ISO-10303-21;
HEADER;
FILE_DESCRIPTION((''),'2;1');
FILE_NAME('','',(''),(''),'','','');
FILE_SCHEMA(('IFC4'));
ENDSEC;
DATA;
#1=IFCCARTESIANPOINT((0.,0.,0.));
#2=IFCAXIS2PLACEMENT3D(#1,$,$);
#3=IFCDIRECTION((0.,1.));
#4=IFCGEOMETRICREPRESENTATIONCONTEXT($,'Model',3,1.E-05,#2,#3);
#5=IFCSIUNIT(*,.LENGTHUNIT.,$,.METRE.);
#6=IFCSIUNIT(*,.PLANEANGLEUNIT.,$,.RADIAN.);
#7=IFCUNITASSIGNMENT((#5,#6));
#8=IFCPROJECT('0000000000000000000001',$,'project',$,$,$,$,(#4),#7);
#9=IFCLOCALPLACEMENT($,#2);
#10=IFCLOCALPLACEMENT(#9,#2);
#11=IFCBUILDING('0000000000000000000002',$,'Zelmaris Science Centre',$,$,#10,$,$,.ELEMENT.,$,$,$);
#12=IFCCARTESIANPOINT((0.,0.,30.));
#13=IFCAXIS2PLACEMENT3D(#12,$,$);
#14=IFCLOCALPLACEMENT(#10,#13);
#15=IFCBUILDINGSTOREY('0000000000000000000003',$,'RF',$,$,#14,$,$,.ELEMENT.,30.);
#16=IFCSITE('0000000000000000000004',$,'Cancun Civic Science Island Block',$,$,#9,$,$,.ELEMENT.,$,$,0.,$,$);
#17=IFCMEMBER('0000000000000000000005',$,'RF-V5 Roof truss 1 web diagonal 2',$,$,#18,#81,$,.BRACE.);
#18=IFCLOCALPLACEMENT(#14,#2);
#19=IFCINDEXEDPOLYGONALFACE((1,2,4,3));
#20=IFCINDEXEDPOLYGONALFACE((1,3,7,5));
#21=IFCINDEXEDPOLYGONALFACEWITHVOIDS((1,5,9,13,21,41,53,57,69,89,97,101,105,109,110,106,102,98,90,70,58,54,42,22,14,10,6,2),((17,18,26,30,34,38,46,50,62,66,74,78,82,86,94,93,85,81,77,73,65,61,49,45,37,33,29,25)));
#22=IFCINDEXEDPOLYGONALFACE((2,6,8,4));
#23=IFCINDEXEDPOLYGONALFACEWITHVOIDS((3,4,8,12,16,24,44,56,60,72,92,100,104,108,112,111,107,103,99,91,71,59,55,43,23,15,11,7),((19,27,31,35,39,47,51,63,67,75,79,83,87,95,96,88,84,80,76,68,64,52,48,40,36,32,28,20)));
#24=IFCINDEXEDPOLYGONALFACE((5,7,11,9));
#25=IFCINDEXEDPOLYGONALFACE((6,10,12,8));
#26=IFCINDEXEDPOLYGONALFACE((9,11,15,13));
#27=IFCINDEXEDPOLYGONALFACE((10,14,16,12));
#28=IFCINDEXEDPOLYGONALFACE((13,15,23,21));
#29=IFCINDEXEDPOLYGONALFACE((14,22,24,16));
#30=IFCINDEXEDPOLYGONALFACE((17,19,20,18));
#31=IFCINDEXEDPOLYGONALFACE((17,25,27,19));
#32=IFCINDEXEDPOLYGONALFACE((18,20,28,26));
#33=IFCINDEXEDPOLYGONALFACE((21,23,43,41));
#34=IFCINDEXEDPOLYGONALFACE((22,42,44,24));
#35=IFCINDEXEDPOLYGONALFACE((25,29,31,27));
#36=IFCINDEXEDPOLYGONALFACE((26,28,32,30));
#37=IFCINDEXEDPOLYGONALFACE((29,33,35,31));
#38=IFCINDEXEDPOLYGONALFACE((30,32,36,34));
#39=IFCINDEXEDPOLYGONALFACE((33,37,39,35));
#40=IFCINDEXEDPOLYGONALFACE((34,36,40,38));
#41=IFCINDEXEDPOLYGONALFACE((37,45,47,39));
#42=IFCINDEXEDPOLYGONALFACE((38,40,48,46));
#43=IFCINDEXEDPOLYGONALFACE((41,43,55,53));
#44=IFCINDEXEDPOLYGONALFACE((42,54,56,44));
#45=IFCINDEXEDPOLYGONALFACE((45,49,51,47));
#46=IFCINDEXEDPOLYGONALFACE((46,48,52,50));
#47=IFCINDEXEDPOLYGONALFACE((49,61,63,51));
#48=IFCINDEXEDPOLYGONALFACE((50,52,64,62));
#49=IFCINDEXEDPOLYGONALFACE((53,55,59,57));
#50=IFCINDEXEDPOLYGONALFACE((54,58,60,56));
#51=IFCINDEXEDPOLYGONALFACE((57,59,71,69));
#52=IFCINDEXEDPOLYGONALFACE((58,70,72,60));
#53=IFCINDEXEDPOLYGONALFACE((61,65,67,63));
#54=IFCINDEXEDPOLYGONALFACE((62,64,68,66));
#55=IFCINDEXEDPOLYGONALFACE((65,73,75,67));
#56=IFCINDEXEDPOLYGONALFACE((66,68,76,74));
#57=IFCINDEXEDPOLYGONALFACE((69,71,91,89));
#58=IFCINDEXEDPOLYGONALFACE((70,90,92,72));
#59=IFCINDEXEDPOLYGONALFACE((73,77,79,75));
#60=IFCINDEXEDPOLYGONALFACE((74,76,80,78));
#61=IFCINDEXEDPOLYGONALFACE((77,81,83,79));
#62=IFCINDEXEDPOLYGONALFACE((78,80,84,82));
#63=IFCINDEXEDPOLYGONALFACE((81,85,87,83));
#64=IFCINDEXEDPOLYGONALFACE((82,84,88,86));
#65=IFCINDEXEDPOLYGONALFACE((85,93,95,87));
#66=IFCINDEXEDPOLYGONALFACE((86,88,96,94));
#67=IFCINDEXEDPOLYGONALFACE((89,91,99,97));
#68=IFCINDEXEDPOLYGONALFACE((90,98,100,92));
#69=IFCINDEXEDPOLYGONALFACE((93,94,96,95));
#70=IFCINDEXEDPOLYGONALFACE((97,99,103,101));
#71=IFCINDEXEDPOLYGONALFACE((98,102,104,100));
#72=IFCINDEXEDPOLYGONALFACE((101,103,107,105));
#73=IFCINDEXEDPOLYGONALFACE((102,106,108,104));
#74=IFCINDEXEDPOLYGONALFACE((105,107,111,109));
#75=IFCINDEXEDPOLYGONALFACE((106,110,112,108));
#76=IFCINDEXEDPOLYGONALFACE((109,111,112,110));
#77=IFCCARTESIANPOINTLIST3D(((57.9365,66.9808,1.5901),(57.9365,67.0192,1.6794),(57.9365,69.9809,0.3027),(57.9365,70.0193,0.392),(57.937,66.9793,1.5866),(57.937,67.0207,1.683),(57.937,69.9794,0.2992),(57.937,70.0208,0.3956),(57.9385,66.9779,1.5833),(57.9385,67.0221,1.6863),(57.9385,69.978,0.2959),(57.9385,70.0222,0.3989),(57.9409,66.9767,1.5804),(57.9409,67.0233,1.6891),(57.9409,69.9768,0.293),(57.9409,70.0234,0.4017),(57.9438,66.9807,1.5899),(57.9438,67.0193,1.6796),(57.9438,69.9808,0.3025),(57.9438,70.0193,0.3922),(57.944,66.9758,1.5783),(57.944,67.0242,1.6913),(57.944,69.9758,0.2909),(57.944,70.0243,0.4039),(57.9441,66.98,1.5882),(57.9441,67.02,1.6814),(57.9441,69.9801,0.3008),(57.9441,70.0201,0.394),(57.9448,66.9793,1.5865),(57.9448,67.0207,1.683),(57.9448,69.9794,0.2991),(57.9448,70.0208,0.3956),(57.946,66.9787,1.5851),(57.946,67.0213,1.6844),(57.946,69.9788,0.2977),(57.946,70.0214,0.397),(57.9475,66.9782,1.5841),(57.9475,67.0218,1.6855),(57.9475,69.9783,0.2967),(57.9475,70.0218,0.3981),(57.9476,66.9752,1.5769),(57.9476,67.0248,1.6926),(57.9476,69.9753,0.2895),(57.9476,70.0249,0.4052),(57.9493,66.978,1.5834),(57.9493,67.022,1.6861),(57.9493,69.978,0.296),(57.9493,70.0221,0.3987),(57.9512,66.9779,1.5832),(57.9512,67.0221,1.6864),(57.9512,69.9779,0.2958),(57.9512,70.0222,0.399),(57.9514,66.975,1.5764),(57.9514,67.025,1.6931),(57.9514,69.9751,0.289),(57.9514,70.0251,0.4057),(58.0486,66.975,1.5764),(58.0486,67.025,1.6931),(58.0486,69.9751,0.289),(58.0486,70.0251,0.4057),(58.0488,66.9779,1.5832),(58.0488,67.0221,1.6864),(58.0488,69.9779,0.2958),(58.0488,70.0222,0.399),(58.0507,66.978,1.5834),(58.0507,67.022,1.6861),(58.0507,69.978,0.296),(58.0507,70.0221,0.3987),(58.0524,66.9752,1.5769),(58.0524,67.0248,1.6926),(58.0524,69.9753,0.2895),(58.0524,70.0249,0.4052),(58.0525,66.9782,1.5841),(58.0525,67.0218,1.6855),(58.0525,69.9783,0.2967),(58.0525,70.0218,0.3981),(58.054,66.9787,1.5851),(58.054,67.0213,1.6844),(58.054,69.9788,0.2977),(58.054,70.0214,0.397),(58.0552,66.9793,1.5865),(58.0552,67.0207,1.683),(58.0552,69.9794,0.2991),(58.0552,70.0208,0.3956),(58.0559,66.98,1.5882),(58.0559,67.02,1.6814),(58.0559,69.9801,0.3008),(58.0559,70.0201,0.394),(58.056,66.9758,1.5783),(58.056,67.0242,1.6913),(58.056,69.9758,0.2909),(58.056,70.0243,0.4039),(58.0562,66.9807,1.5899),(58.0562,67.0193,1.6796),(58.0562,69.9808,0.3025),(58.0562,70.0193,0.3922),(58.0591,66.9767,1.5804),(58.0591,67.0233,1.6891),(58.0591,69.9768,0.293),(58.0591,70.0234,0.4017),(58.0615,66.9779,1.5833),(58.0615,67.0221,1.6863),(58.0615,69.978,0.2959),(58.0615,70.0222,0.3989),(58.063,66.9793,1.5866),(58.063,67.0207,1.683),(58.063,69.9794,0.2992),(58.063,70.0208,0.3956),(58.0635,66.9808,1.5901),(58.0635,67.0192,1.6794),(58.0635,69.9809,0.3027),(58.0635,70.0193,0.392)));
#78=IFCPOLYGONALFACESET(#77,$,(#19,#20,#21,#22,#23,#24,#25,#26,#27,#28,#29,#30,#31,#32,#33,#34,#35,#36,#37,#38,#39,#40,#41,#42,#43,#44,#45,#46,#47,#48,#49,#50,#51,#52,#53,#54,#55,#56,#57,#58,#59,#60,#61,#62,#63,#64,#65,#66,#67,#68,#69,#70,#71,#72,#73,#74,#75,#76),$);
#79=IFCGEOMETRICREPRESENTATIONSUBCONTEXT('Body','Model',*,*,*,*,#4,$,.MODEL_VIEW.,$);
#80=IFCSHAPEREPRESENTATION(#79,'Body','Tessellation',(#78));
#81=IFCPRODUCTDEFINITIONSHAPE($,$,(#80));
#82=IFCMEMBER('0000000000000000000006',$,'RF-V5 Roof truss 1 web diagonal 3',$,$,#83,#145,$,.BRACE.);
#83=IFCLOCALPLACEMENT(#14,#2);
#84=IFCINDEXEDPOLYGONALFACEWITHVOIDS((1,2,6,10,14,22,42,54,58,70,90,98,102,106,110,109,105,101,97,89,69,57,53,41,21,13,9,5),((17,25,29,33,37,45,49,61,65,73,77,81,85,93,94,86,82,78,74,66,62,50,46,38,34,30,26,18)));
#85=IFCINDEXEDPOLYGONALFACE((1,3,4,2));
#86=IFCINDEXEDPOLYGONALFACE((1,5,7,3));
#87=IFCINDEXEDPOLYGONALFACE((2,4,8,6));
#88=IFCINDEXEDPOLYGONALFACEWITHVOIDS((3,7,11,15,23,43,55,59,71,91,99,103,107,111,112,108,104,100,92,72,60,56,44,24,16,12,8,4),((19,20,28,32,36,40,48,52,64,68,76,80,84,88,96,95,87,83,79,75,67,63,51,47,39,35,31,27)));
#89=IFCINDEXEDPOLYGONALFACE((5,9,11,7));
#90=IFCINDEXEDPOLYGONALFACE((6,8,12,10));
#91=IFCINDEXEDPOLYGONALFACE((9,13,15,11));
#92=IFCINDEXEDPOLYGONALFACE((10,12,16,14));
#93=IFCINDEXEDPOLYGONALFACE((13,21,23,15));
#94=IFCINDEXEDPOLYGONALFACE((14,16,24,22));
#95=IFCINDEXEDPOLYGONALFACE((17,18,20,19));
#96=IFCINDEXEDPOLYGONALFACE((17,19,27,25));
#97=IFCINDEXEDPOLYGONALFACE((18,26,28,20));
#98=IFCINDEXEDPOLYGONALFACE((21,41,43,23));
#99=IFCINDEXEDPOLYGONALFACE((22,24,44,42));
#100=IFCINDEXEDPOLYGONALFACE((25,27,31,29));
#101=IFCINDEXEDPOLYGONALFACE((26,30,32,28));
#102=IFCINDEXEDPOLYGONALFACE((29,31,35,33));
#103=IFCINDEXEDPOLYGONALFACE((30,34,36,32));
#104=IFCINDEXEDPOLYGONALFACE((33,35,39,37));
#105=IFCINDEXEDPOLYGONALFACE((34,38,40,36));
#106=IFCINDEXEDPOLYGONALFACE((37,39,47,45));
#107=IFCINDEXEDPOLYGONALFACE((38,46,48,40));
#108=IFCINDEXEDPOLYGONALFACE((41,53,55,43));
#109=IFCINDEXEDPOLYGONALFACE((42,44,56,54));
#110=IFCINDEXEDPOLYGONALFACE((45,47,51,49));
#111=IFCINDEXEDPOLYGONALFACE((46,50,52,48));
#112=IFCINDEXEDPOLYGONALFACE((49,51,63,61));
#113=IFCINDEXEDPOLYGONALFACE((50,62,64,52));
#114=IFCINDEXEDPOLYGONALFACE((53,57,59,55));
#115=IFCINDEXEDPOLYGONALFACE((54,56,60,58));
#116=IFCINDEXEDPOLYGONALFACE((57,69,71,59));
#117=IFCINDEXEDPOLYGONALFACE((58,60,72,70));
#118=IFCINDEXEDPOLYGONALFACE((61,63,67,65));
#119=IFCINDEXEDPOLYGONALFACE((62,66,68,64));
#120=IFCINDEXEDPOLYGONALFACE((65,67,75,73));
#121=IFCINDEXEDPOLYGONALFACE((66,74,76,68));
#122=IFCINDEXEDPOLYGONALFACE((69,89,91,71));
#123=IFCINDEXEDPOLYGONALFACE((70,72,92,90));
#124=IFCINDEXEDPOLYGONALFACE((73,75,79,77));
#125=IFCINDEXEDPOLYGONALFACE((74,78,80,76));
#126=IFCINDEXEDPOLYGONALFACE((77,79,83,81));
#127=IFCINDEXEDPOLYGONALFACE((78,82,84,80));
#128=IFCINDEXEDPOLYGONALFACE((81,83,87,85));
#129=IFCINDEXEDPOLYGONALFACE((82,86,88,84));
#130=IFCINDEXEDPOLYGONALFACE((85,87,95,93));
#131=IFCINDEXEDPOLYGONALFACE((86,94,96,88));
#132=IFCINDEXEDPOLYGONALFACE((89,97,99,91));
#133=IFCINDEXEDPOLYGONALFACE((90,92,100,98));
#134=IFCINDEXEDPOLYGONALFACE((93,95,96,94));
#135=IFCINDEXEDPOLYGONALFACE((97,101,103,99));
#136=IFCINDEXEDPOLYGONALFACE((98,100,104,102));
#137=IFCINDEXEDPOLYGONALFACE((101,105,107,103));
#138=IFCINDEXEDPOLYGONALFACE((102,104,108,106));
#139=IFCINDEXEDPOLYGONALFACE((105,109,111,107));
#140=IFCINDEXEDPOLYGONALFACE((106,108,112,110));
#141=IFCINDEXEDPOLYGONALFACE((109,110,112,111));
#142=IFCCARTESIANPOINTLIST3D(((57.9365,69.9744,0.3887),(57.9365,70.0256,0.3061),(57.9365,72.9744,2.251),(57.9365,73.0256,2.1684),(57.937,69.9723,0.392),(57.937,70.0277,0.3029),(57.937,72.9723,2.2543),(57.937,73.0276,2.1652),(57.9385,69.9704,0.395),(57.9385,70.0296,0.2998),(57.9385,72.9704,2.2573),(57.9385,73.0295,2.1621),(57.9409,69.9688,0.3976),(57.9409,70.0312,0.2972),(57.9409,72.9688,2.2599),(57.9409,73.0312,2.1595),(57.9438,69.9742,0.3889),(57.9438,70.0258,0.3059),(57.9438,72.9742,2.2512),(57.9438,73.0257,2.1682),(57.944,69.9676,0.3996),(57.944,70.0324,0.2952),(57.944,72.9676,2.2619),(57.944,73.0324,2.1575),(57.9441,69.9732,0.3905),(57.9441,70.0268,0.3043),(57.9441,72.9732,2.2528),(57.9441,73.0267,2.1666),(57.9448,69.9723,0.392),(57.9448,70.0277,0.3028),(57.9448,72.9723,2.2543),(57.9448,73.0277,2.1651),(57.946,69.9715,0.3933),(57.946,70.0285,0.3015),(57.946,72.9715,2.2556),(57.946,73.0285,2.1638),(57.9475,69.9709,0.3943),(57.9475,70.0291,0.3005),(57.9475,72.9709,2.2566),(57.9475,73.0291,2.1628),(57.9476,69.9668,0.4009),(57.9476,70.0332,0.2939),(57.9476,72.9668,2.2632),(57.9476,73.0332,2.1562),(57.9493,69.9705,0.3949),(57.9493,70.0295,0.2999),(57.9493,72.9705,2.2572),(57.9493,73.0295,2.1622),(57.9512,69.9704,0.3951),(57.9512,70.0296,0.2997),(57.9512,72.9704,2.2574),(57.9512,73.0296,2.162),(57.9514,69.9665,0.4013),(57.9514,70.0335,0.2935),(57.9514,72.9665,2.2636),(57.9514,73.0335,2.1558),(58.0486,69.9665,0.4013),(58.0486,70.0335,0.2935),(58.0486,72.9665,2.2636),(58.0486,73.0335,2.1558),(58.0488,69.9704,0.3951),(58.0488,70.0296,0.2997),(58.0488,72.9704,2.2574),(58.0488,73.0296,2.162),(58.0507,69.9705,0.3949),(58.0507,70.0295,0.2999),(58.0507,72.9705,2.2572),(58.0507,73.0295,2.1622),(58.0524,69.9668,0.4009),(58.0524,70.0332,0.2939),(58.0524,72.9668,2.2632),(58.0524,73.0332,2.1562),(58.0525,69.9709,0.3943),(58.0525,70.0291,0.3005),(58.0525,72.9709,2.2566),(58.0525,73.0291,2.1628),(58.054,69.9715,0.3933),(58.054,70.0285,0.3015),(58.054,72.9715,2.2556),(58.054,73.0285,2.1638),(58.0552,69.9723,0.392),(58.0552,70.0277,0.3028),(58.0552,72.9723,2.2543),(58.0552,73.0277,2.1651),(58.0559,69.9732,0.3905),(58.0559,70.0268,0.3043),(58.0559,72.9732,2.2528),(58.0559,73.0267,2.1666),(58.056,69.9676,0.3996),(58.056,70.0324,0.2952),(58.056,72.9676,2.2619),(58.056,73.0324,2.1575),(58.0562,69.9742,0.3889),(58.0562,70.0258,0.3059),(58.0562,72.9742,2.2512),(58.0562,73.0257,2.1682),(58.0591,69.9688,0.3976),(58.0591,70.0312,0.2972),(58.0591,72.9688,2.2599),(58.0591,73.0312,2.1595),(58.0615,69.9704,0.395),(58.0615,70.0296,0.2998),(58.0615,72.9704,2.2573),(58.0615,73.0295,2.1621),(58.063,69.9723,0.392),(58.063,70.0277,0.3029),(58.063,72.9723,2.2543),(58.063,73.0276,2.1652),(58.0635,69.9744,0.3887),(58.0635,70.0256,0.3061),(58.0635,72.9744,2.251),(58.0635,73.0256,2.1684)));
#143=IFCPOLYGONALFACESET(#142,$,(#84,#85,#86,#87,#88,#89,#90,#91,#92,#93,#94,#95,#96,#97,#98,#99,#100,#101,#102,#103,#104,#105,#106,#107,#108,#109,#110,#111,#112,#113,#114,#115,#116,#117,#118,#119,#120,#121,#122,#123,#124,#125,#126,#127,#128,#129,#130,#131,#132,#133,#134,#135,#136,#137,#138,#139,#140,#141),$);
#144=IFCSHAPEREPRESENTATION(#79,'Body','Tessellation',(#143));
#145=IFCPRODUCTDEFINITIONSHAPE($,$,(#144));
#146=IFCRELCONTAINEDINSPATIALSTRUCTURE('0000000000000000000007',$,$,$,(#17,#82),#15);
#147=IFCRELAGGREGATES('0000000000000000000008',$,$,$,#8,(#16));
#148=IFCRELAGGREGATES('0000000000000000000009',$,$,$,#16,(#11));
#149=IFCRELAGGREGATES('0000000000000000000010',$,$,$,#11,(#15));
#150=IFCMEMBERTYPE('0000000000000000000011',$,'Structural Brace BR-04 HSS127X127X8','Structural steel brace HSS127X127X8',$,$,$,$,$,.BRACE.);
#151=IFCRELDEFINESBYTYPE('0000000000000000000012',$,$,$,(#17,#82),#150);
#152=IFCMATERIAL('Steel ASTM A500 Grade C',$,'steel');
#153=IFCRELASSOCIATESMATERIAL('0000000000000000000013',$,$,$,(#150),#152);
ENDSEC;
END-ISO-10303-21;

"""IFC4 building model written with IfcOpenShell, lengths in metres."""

from ifc_helpers import new_model, si_unit, direction, frame, origin, origin_2d, place, context, subcontext, project, spatial, hollow_rectangle, extrude, material, material_profile, profile_set, type_object, element, save


model = new_model("IFC4")

# Units and contexts
model_context = context("Model", 3, precision=1e-05, world=origin(), true_north=direction((0.0, 1.0)))
body_context = subcontext(model_context, "Body", "Model", "MODEL_VIEW")
ifc_project = project(units=[si_unit("LENGTHUNIT", "METRE"), si_unit("PLANEANGLEUNIT", "RADIAN")], contexts=[model_context])

# Site, building, storey
site_placement = place(None, origin())
site = spatial("IfcSite", under=ifc_project, at=site_placement, Name="Cancun Civic Science Island Block", CompositionType="ELEMENT", RefElevation=0.0)
building_placement = place(site_placement, origin())
building = spatial("IfcBuilding", under=site, at=building_placement, Name="Zelmaris Science Centre", CompositionType="ELEMENT")
storey_placement = place(building_placement, frame((0.0, 0.0, 30.0)))
storey = spatial("IfcBuildingStorey", under=building, at=storey_placement, Name="RF", CompositionType="ELEMENT", Elevation=30.0)

# Shared definitions
ifc_material_1 = material(Name="Steel ASTM A500 Grade C", Category="steel")

# Members
ifc_material_profile_1 = material_profile(ifc_material_1, hollow_rectangle(XDim=0.127, YDim=0.127, WallThickness=0.0073, InnerFilletRadius=0.0073, OuterFilletRadius=0.0149, at=origin_2d()), Name="HSS127X127X8")
ifc_profile_set_1 = profile_set([ifc_material_profile_1], Name="Steel ASTM A500 Grade C")
member_type_1 = type_object("IfcMemberType", Name="Structural Brace BR-04 HSS127X127X8", Description="Structural steel brace HSS127X127X8", PredefinedType="BRACE", material=ifc_profile_set_1)
for number, where, z_axis, x_axis, name in (
    (1, (58.0, 67.0, 1.6348), (0.0, 0.918963, -0.394343), (-1.0, 0.0, 0.0), "RF-V5 Roof truss 1 web diagonal 2"),
):
    element("IfcMember", number, at=place(storey_placement, frame(where, z_axis=z_axis, x_axis=x_axis)), inside=storey, type_object=member_type_1, Name=name, PredefinedType="BRACE", context=body_context, shape_type="SweptSolid", body=[
        extrude(hollow_rectangle(XDim=0.127, YDim=0.127, WallThickness=0.0073, InnerFilletRadius=0.0073, OuterFilletRadius=0.0149, at=origin_2d()), origin(), (0.0, 0.0, 1.0), 3.2646),
    ])
for number, where, z_axis, x_axis, name in (
    (2, (58.0, 70.0, 0.3474), (0.0, 0.84961, 0.527411), (-1.0, 0.0, 0.0), "RF-V5 Roof truss 1 web diagonal 3"),
):
    element("IfcMember", number, at=place(storey_placement, frame(where, z_axis=z_axis, x_axis=x_axis)), inside=storey, type_object=member_type_1, Name=name, PredefinedType="BRACE", context=body_context, shape_type="SweptSolid", body=[
        extrude(hollow_rectangle(XDim=0.127, YDim=0.127, WallThickness=0.0073, InnerFilletRadius=0.0073, OuterFilletRadius=0.0149, at=origin_2d()), origin(), (0.0, 0.0, 1.0), 3.531),
    ])

save(model, "model.ifc")
